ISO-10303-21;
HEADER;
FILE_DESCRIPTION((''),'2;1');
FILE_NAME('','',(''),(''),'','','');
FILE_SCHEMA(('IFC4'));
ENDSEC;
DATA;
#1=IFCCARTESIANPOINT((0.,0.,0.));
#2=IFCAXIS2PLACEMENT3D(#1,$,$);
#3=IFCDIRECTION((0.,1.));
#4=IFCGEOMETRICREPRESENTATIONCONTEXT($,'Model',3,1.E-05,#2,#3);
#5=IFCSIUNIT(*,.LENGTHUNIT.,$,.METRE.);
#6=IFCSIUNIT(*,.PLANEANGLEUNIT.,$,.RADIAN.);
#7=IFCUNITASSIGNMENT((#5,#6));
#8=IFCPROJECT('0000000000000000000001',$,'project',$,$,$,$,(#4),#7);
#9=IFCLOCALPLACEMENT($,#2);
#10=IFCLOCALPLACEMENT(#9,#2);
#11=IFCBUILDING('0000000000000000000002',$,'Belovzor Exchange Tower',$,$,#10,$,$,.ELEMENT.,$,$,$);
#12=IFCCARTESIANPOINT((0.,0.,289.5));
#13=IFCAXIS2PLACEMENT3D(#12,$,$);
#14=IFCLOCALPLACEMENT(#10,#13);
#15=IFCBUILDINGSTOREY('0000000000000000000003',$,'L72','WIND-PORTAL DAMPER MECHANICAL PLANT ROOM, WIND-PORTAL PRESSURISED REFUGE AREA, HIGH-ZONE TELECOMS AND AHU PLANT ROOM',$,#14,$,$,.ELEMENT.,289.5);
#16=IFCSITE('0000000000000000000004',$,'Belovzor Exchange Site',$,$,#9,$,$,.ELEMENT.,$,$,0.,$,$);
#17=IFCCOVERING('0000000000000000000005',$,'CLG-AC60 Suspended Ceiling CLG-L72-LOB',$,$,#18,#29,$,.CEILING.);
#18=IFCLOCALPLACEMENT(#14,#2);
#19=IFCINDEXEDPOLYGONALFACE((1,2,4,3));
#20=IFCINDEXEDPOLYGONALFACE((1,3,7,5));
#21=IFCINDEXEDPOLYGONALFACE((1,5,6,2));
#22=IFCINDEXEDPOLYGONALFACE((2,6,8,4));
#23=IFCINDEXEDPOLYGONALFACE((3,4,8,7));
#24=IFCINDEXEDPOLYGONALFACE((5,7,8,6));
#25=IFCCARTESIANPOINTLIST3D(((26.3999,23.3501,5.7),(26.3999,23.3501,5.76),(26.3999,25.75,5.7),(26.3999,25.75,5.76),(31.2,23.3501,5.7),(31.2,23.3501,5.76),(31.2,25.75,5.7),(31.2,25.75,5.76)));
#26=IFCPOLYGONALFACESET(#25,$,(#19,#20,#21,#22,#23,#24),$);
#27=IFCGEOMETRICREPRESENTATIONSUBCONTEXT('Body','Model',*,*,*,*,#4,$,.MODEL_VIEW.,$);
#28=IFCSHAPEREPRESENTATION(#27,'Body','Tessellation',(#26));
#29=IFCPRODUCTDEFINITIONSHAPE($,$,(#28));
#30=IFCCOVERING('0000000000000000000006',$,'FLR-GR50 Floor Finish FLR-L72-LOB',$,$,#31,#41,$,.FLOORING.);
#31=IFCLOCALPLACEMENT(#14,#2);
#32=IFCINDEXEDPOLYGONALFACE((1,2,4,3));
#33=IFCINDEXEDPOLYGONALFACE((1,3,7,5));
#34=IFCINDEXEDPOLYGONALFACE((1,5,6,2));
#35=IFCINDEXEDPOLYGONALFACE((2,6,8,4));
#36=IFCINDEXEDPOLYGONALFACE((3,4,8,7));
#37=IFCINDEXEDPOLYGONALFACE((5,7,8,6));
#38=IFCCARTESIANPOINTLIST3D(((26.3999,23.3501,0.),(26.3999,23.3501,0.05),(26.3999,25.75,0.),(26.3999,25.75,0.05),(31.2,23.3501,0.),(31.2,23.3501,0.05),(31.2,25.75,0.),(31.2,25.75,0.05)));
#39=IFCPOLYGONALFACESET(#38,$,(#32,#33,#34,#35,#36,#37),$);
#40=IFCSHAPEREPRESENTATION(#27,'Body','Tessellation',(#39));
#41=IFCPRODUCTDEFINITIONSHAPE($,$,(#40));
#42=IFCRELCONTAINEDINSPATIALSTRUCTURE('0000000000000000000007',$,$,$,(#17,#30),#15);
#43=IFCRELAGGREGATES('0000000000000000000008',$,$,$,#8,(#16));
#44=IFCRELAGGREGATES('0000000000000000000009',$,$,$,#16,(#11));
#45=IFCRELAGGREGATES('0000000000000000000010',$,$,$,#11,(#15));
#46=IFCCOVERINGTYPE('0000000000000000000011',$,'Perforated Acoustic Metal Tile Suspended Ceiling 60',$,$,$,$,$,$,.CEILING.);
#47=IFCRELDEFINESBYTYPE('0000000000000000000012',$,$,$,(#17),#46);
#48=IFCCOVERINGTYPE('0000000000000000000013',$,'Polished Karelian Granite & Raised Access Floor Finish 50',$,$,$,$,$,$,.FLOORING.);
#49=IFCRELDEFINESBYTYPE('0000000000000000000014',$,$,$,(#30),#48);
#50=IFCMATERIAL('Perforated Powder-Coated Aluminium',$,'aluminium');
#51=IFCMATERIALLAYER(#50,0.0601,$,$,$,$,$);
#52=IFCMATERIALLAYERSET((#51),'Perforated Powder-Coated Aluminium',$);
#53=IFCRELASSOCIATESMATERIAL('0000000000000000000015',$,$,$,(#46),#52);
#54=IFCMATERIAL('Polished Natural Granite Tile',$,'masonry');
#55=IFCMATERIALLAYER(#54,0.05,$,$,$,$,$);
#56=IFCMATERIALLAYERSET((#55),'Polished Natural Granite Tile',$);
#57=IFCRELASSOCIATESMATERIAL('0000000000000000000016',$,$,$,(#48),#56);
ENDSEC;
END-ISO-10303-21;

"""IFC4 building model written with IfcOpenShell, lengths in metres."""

from ifc_helpers import new_model, si_unit, direction, frame, origin, place, context, subcontext, project, spatial, polyline, outline, extrude, material, layer, layer_set, type_object, element, save


model = new_model("IFC4")

# Units and contexts
model_context = context("Model", 3, precision=1e-05, world=origin(), true_north=direction((0.0, 1.0)))
body_context = subcontext(model_context, "Body", "Model", "MODEL_VIEW")
ifc_project = project(units=[si_unit("LENGTHUNIT", "METRE"), si_unit("PLANEANGLEUNIT", "RADIAN")], contexts=[model_context])

# Site, building, storey
site_placement = place(None, origin())
site = spatial("IfcSite", under=ifc_project, at=site_placement, Name="Belovzor Exchange Site", CompositionType="ELEMENT", RefElevation=0.0)
building_placement = place(site_placement, origin())
building = spatial("IfcBuilding", under=site, at=building_placement, Name="Belovzor Exchange Tower", CompositionType="ELEMENT")
storey_placement = place(building_placement, frame((0.0, 0.0, 289.5)))
storey = spatial("IfcBuildingStorey", under=building, at=storey_placement, Name="L72", Description="WIND-PORTAL DAMPER MECHANICAL PLANT ROOM, WIND-PORTAL PRESSURISED REFUGE AREA, HIGH-ZONE TELECOMS AND AHU PLANT ROOM", CompositionType="ELEMENT", Elevation=289.5)

# Coverings
ifc_material_1 = material(Name="Perforated Powder-Coated Aluminium", Category="aluminium")
ifc_layer_1 = layer(ifc_material_1, 0.0601)
ifc_layer_set_1 = layer_set([ifc_layer_1], Name="Perforated Powder-Coated Aluminium")
covering_type_1 = type_object("IfcCoveringType", Name="Perforated Acoustic Metal Tile Suspended Ceiling 60", PredefinedType="CEILING", material=ifc_layer_set_1)
covering_1_placement = place(storey_placement, frame((0.0, 0.0, 5.7)))
element("IfcCovering", 1, at=covering_1_placement, inside=storey, type_object=covering_type_1, Name="CLG-AC60 Suspended Ceiling CLG-L72-LOB", PredefinedType="CEILING", context=body_context, shape_type="SweptSolid", body=[
    extrude(outline(polyline([(26.3999, 23.3501), (31.2, 23.3501), (31.2, 25.75), (26.3999, 25.75), (26.3999, 23.3501)])), origin(), (0.0, 0.0, 1.0), 0.0601),
])
ifc_material_2 = material(Name="Polished Natural Granite Tile", Category="masonry")
ifc_layer_2 = layer(ifc_material_2, 0.05)
ifc_layer_set_2 = layer_set([ifc_layer_2], Name="Polished Natural Granite Tile")
covering_type_2 = type_object("IfcCoveringType", Name="Polished Karelian Granite & Raised Access Floor Finish 50", PredefinedType="FLOORING", material=ifc_layer_set_2)
covering_2_placement = place(storey_placement, origin())
element("IfcCovering", 2, at=covering_2_placement, inside=storey, type_object=covering_type_2, Name="FLR-GR50 Floor Finish FLR-L72-LOB", PredefinedType="FLOORING", context=body_context, shape_type="SweptSolid", body=[
    extrude(outline(polyline([(26.3999, 23.3501), (31.2, 23.3501), (31.2, 25.75), (26.3999, 25.75), (26.3999, 23.3501)])), origin(), (0.0, 0.0, 1.0), 0.05),
])

save(model, "model.ifc")
